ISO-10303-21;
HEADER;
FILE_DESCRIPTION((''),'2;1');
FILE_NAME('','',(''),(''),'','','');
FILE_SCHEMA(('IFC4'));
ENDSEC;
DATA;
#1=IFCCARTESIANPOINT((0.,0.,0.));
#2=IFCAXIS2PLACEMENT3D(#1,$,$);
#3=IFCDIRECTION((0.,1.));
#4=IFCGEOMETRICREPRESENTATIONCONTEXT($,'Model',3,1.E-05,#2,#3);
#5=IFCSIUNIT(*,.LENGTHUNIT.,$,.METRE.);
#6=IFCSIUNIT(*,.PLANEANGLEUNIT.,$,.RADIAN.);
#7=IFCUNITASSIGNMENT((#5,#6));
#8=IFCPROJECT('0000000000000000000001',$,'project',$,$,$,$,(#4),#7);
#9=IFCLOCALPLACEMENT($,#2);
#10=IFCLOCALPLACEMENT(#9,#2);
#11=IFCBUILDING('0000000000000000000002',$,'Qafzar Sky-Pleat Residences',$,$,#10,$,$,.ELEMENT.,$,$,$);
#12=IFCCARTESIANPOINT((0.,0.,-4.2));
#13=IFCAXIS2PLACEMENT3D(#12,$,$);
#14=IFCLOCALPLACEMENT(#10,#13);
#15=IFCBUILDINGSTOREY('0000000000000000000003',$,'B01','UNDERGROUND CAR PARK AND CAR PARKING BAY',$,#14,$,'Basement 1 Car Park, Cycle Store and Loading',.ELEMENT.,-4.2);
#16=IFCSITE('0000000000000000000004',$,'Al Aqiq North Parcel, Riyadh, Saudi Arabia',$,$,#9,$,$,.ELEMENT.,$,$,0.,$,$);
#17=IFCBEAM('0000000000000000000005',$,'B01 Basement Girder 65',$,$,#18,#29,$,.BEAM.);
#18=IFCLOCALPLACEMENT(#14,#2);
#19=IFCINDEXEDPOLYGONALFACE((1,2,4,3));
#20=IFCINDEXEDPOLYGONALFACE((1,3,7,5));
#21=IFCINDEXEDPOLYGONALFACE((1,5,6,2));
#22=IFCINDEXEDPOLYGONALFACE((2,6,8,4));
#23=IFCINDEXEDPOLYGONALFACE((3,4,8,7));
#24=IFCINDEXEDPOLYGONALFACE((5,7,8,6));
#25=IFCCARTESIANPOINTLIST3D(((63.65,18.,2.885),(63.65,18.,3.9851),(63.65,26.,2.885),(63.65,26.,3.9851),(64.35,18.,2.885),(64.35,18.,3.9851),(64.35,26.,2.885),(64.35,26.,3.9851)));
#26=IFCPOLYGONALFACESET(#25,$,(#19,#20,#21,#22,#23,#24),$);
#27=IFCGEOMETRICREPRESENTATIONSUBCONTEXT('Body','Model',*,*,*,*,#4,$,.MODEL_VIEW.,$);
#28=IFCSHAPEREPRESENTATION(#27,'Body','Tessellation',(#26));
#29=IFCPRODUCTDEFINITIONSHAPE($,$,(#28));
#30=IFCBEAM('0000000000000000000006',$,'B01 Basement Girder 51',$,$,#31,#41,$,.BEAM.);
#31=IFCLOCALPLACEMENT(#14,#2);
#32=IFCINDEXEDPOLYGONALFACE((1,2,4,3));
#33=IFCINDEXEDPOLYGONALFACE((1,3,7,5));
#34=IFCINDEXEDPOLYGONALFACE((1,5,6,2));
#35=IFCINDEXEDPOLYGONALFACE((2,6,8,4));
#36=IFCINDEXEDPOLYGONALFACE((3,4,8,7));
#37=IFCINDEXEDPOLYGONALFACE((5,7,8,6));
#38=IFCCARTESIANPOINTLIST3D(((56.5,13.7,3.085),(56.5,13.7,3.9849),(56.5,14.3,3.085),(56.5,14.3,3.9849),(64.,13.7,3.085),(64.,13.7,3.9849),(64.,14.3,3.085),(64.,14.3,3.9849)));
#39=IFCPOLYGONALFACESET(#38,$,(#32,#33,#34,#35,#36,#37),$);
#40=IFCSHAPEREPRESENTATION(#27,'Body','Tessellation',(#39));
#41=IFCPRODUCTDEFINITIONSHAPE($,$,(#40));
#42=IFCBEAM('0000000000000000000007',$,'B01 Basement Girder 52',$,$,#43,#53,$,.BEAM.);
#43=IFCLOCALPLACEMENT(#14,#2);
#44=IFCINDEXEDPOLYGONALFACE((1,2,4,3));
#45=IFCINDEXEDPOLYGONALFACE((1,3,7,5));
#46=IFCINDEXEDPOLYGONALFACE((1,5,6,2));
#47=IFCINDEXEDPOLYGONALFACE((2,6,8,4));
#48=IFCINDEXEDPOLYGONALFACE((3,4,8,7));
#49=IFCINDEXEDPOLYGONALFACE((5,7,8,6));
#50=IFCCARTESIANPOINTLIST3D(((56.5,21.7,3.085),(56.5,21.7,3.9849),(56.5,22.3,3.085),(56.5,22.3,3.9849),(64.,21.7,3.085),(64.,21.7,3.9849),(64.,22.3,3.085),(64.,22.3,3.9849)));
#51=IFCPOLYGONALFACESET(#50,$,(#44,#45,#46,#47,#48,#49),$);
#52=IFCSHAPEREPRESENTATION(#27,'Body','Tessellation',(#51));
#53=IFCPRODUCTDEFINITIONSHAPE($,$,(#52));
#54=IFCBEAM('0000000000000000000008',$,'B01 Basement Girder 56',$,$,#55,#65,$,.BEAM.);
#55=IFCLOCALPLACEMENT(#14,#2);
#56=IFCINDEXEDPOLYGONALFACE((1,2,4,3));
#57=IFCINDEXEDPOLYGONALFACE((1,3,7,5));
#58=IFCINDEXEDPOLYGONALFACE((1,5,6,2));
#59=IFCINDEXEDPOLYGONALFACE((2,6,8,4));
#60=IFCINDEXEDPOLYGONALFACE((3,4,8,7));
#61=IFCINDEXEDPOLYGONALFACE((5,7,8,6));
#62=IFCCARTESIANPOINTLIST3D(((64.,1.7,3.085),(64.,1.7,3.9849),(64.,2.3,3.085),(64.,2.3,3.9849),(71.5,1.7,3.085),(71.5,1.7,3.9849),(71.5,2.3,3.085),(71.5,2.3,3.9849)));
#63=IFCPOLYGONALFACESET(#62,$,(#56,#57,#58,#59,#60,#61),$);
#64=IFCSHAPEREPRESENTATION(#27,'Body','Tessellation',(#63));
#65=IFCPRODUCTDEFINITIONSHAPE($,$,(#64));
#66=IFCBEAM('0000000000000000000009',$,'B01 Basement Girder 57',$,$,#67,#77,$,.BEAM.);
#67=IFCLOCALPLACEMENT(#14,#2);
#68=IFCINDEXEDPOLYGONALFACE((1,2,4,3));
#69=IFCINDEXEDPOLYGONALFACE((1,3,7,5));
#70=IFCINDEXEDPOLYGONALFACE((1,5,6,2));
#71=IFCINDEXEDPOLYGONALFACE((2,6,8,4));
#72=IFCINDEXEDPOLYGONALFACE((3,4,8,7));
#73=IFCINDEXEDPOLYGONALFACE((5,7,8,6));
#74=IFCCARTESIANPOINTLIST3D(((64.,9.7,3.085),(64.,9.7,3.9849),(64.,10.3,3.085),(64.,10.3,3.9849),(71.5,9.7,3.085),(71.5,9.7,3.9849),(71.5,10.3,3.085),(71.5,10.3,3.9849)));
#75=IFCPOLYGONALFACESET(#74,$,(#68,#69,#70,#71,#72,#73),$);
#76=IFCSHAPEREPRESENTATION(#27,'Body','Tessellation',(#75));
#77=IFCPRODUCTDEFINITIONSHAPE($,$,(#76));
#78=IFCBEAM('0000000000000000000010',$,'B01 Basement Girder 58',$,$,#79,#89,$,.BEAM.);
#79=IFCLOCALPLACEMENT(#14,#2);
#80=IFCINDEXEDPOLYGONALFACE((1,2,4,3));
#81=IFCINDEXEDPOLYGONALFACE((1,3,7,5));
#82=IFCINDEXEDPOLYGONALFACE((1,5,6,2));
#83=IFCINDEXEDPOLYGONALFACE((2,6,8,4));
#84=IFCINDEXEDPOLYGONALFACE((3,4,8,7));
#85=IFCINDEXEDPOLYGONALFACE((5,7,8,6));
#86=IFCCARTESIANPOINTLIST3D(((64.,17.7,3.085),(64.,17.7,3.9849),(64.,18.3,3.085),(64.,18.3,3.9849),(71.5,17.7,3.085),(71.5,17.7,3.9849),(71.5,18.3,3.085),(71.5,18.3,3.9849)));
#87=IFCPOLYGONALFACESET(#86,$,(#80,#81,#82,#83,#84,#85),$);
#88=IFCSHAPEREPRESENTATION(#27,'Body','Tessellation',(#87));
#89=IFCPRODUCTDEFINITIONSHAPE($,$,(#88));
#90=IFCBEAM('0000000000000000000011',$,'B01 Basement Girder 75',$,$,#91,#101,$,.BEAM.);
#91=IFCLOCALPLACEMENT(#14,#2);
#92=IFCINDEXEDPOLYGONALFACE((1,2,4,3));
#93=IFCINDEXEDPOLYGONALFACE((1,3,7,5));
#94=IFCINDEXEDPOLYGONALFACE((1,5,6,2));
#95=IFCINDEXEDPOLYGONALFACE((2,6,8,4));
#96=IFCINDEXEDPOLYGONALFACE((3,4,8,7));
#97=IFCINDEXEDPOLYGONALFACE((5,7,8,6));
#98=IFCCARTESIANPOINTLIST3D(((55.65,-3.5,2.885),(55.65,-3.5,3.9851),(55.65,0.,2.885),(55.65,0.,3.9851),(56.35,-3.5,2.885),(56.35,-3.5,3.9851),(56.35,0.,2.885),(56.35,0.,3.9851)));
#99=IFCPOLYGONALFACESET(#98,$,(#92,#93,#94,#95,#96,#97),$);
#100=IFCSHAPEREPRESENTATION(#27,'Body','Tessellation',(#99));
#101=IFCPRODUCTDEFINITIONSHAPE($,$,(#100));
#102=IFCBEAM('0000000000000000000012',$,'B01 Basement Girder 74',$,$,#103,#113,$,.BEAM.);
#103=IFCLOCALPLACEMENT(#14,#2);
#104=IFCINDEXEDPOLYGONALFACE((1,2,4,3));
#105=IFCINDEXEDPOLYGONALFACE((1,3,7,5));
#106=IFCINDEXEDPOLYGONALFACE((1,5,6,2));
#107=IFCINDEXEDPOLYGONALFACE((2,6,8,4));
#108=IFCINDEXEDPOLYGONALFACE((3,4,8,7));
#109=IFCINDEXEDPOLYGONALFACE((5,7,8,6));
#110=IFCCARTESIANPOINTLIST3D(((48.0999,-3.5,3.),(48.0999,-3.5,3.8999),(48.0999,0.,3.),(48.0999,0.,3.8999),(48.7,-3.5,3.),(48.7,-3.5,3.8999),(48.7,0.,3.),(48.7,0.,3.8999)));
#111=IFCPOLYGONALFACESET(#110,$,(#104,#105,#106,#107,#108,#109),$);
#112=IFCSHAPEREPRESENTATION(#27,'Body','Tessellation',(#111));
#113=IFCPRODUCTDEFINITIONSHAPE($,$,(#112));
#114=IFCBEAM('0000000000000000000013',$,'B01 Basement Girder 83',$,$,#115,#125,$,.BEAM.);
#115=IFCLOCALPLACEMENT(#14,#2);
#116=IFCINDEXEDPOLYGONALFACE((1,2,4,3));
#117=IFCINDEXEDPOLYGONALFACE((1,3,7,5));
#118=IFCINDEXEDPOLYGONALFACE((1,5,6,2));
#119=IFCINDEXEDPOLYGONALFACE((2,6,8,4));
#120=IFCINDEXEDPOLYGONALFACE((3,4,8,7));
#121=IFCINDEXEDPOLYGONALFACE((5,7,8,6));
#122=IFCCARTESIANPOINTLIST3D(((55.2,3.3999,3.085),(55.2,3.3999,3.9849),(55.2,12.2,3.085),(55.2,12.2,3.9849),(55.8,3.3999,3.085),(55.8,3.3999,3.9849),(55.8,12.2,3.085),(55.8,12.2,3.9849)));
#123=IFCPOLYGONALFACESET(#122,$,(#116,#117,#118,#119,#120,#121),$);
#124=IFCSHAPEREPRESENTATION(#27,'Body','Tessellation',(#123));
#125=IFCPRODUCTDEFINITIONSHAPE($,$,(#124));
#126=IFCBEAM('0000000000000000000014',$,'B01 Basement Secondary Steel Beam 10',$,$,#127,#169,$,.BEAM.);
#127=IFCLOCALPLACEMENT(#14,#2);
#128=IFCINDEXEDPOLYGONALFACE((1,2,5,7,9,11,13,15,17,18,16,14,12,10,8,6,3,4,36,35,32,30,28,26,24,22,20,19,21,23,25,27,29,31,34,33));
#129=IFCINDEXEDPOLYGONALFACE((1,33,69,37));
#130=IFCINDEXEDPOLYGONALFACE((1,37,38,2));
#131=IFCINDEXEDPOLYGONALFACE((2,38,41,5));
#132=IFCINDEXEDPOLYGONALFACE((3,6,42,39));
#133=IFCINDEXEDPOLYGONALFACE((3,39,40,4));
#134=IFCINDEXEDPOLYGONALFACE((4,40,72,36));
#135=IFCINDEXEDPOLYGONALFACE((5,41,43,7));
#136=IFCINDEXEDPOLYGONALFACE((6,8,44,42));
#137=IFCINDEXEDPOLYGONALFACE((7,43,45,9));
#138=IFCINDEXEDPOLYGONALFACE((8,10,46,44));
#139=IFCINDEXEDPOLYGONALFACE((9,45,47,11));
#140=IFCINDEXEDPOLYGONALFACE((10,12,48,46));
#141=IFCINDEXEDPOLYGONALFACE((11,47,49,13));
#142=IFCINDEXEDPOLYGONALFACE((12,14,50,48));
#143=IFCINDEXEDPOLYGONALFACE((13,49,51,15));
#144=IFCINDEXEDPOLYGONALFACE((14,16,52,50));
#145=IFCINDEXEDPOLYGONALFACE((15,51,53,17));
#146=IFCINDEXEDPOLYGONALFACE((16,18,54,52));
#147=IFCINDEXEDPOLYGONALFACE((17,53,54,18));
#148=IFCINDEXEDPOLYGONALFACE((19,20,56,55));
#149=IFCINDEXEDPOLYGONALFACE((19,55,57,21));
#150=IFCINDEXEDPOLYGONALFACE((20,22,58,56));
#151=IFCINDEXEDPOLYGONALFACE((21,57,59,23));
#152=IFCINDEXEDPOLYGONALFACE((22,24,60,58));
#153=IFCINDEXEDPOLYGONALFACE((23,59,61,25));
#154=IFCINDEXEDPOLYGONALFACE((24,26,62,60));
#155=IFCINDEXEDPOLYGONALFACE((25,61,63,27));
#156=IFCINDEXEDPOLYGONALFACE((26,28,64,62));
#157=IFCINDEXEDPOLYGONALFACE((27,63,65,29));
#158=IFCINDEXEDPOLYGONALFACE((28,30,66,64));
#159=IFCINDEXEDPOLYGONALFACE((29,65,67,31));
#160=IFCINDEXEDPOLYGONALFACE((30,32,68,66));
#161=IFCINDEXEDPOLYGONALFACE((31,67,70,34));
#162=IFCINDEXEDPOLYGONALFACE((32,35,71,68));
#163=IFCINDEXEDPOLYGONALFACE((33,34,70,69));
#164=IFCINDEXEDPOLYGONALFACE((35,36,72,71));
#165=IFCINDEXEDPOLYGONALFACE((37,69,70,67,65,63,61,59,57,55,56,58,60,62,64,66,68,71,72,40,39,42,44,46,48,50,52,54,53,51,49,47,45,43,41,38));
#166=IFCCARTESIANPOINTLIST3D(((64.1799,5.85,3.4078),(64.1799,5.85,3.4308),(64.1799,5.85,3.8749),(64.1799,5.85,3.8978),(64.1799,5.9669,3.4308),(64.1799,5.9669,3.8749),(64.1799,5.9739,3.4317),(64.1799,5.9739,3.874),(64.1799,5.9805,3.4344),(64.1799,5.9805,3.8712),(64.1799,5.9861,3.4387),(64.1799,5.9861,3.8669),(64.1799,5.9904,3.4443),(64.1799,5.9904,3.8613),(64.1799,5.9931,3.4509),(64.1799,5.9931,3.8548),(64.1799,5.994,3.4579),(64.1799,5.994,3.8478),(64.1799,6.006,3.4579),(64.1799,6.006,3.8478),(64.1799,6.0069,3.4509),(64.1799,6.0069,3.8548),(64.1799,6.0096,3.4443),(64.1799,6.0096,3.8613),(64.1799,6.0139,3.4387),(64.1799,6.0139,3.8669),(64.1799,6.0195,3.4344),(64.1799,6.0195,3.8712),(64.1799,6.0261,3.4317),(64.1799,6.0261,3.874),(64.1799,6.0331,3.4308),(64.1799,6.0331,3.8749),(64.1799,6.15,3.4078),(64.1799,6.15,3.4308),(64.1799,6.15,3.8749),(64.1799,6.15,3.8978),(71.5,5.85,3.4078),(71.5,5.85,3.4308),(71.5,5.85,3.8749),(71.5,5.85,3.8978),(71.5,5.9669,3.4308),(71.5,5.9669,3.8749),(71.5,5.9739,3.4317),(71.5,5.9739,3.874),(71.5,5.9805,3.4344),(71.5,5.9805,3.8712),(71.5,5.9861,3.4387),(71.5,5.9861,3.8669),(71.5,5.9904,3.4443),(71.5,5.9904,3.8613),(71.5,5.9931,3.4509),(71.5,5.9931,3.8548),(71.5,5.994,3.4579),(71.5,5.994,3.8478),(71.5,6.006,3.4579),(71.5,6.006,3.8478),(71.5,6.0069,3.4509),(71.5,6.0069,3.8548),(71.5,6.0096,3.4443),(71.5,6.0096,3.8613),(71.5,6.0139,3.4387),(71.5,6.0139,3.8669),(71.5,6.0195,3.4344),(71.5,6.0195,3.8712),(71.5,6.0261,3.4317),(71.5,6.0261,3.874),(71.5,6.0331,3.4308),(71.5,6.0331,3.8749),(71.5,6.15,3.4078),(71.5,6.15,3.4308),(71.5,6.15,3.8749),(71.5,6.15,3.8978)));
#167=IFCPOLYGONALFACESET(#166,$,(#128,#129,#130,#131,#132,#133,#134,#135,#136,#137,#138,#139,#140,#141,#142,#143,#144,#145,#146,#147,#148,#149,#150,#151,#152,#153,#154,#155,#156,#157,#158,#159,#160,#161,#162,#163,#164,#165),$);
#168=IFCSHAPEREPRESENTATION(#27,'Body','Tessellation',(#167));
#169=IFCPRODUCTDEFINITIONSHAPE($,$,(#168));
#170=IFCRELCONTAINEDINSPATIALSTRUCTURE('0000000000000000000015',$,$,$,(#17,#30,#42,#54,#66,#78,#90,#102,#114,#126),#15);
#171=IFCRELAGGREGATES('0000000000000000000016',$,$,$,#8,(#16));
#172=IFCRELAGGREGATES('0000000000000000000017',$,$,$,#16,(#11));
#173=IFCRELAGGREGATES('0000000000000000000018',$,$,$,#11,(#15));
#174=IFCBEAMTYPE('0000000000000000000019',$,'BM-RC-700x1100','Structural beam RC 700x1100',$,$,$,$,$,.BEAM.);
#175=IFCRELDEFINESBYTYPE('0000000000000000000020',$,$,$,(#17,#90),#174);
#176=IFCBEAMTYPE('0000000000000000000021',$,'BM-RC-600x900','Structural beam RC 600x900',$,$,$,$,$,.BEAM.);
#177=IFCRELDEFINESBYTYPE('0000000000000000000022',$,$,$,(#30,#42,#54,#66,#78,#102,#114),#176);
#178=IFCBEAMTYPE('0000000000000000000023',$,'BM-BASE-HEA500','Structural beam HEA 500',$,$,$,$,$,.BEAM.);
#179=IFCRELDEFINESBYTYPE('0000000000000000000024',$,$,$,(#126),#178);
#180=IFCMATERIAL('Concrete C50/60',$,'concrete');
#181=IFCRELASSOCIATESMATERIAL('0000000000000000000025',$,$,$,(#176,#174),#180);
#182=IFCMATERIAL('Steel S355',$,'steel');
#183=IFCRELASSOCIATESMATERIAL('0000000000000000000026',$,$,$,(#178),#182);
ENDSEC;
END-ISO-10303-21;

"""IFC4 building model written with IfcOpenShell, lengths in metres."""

from ifc_helpers import new_model, si_unit, direction, frame, origin, origin_2d, place, context, subcontext, project, spatial, rectangle, i_section, extrude, source, transform, mapped, material, material_profile, profile_set, type_object, element, save


model = new_model("IFC4")

# Units and contexts
model_context = context("Model", 3, precision=1e-05, world=origin(), true_north=direction((0.0, 1.0)))
body_context = subcontext(model_context, "Body", "Model", "MODEL_VIEW")
ifc_project = project(units=[si_unit("LENGTHUNIT", "METRE"), si_unit("PLANEANGLEUNIT", "RADIAN")], contexts=[model_context])

# Site, building, storey
site_placement = place(None, origin())
site = spatial("IfcSite", under=ifc_project, at=site_placement, Name="Al Aqiq North Parcel, Riyadh, Saudi Arabia", CompositionType="ELEMENT", RefElevation=0.0)
building_placement = place(site_placement, origin())
building = spatial("IfcBuilding", under=site, at=building_placement, Name="Qafzar Sky-Pleat Residences", CompositionType="ELEMENT")
storey_placement = place(building_placement, frame((0.0, 0.0, -4.2)))
storey = spatial("IfcBuildingStorey", under=building, at=storey_placement, Name="B01", Description="UNDERGROUND CAR PARK AND CAR PARKING BAY", LongName="Basement 1 Car Park, Cycle Store and Loading", CompositionType="ELEMENT", Elevation=-4.2)

# Beams
ifc_material_1 = material(Name="Concrete C50/60", Category="concrete")
ifc_material_profile_1 = material_profile(ifc_material_1, rectangle(XDim=0.6001, YDim=0.8999, at=origin_2d()), Name="RC 600x900")
ifc_profile_set_1 = profile_set([ifc_material_profile_1], Name="Concrete C50/60")
beam_type_1 = type_object("IfcBeamType", Name="BM-RC-600x900", Description="Structural beam RC 600x900", PredefinedType="BEAM", material=ifc_profile_set_1)
ifc_material_profile_2 = material_profile(ifc_material_1, rectangle(XDim=0.7, YDim=1.1001, at=origin_2d()), Name="RC 700x1100")
ifc_profile_set_2 = profile_set([ifc_material_profile_2], Name="Concrete C50/60")
beam_type_2 = type_object("IfcBeamType", Name="BM-RC-700x1100", Description="Structural beam RC 700x1100", PredefinedType="BEAM", material=ifc_profile_set_2)
shared_shape_1 = source(origin(), body_context, "Body", "SweptSolid", [
    extrude(rectangle(XDim=0.7, YDim=1.1001, at=origin_2d()), origin(), (0.0, 0.0, 1.0), 8.0),
])
beam_1_placement = place(storey_placement, frame((64.0, 18.0, 3.4351), z_axis=(0.0, 1.0, 0.0), x_axis=(-1.0, 0.0, 0.0)))
element("IfcBeam", 1, at=beam_1_placement, inside=storey, type_object=beam_type_2, Name="B01 Basement Girder 65", PredefinedType="BEAM", context=body_context, shape_type="MappedRepresentation", body=[
    mapped(shared_shape_1, transform((0.0, 0.0, 0.0), x_axis=(1.0, 0.0, 0.0), y_axis=(0.0, 1.0, 0.0), z_axis=(0.0, 0.0, 1.0), scale=1.0)),
])
shared_shape_2 = source(origin(), body_context, "Body", "SweptSolid", [
    extrude(rectangle(XDim=0.6001, YDim=0.8999, at=origin_2d()), origin(), (0.0, 0.0, 1.0), 7.5),
])
for number, where, z_axis, x_axis, name in (
    (2, (56.5, 14.0, 3.5349), (1.0, 0.0, 0.0), (0.0, 1.0, 0.0), "B01 Basement Girder 51"),
    (3, (56.5, 22.0, 3.5349), (1.0, 0.0, 0.0), (0.0, 1.0, 0.0), "B01 Basement Girder 52"),
    (4, (64.0, 2.0, 3.5349), (1.0, 0.0, 0.0), (0.0, 1.0, 0.0), "B01 Basement Girder 56"),
    (5, (64.0, 10.0, 3.5349), (1.0, 0.0, 0.0), (0.0, 1.0, 0.0), "B01 Basement Girder 57"),
    (6, (64.0, 18.0, 3.5349), (1.0, 0.0, 0.0), (0.0, 1.0, 0.0), "B01 Basement Girder 58"),
):
    element("IfcBeam", number, at=place(storey_placement, frame(where, z_axis=z_axis, x_axis=x_axis)), inside=storey, type_object=beam_type_1, Name=name, PredefinedType="BEAM", context=body_context, shape_type="MappedRepresentation", body=[
        mapped(shared_shape_2, transform((0.0, 0.0, 0.0), x_axis=(1.0, 0.0, 0.0), y_axis=(0.0, 1.0, 0.0), z_axis=(0.0, 0.0, 1.0), scale=1.0)),
    ])
shared_shape_3 = source(origin(), body_context, "Body", "SweptSolid", [
    extrude(rectangle(XDim=0.7, YDim=1.1001, at=origin_2d()), origin(), (0.0, 0.0, 1.0), 3.5),
])
beam_2_placement = place(storey_placement, frame((56.0, -3.5, 3.4351), z_axis=(0.0, 1.0, 0.0), x_axis=(-1.0, 0.0, 0.0)))
element("IfcBeam", 7, at=beam_2_placement, inside=storey, type_object=beam_type_2, Name="B01 Basement Girder 75", PredefinedType="BEAM", context=body_context, shape_type="MappedRepresentation", body=[
    mapped(shared_shape_3, transform((0.0, 0.0, 0.0), x_axis=(1.0, 0.0, 0.0), y_axis=(0.0, 1.0, 0.0), z_axis=(0.0, 0.0, 1.0), scale=1.0)),
])
shared_shape_4 = source(origin(), body_context, "Body", "SweptSolid", [
    extrude(rectangle(XDim=0.6001, YDim=0.8999, at=origin_2d()), origin(), (0.0, 0.0, 1.0), 3.5),
])
beam_3_placement = place(storey_placement, frame((48.3999, -3.5, 3.45), z_axis=(0.0, 1.0, 0.0), x_axis=(-1.0, 0.0, 0.0)))
element("IfcBeam", 8, at=beam_3_placement, inside=storey, type_object=beam_type_1, Name="B01 Basement Girder 74", PredefinedType="BEAM", context=body_context, shape_type="MappedRepresentation", body=[
    mapped(shared_shape_4, transform((0.0, 0.0, 0.0), x_axis=(1.0, 0.0, 0.0), y_axis=(0.0, 1.0, 0.0), z_axis=(0.0, 0.0, 1.0), scale=1.0)),
])
shared_shape_5 = source(origin(), body_context, "Body", "SweptSolid", [
    extrude(rectangle(XDim=0.6001, YDim=0.8999, at=origin_2d()), origin(), (0.0, 0.0, 1.0), 8.8),
])
beam_4_placement = place(storey_placement, frame((55.5, 3.3999, 3.5349), z_axis=(0.0, 1.0, 0.0), x_axis=(-1.0, 0.0, 0.0)))
element("IfcBeam", 9, at=beam_4_placement, inside=storey, type_object=beam_type_1, Name="B01 Basement Girder 83", PredefinedType="BEAM", context=body_context, shape_type="MappedRepresentation", body=[
    mapped(shared_shape_5, transform((0.0, 0.0, 0.0), x_axis=(1.0, 0.0, 0.0), y_axis=(0.0, 1.0, 0.0), z_axis=(0.0, 0.0, 1.0), scale=1.0)),
])
ifc_material_2 = material(Name="Steel S355", Category="steel")
ifc_material_profile_3 = material_profile(ifc_material_2, i_section(OverallWidth=0.3, OverallDepth=0.49, WebThickness=0.012, FlangeThickness=0.0229, FilletRadius=0.0271, at=origin_2d()), Name="HEA 500")
ifc_profile_set_3 = profile_set([ifc_material_profile_3], Name="Steel S355")
beam_type_3 = type_object("IfcBeamType", Name="BM-BASE-HEA500", Description="Structural beam HEA 500", PredefinedType="BEAM", material=ifc_profile_set_3)
shared_shape_6 = source(origin(), body_context, "Body", "SweptSolid", [
    extrude(i_section(OverallWidth=0.3, OverallDepth=0.49, WebThickness=0.012, FlangeThickness=0.0229, FilletRadius=0.0271, at=origin_2d()), origin(), (0.0, 0.0, 1.0), 7.3201),
])
for number, where, z_axis, x_axis, name in (
    (10, (64.1799, 6.0, 3.6528), (1.0, 0.0, 0.0), (0.0, 1.0, 0.0), "B01 Basement Secondary Steel Beam 10"),
):
    element("IfcBeam", number, at=place(storey_placement, frame(where, z_axis=z_axis, x_axis=x_axis)), inside=storey, type_object=beam_type_3, Name=name, PredefinedType="BEAM", context=body_context, shape_type="MappedRepresentation", body=[
        mapped(shared_shape_6, transform((0.0, 0.0, 0.0), x_axis=(1.0, 0.0, 0.0), y_axis=(0.0, 1.0, 0.0), z_axis=(0.0, 0.0, 1.0), scale=1.0)),
    ])

save(model, "model.ifc")
